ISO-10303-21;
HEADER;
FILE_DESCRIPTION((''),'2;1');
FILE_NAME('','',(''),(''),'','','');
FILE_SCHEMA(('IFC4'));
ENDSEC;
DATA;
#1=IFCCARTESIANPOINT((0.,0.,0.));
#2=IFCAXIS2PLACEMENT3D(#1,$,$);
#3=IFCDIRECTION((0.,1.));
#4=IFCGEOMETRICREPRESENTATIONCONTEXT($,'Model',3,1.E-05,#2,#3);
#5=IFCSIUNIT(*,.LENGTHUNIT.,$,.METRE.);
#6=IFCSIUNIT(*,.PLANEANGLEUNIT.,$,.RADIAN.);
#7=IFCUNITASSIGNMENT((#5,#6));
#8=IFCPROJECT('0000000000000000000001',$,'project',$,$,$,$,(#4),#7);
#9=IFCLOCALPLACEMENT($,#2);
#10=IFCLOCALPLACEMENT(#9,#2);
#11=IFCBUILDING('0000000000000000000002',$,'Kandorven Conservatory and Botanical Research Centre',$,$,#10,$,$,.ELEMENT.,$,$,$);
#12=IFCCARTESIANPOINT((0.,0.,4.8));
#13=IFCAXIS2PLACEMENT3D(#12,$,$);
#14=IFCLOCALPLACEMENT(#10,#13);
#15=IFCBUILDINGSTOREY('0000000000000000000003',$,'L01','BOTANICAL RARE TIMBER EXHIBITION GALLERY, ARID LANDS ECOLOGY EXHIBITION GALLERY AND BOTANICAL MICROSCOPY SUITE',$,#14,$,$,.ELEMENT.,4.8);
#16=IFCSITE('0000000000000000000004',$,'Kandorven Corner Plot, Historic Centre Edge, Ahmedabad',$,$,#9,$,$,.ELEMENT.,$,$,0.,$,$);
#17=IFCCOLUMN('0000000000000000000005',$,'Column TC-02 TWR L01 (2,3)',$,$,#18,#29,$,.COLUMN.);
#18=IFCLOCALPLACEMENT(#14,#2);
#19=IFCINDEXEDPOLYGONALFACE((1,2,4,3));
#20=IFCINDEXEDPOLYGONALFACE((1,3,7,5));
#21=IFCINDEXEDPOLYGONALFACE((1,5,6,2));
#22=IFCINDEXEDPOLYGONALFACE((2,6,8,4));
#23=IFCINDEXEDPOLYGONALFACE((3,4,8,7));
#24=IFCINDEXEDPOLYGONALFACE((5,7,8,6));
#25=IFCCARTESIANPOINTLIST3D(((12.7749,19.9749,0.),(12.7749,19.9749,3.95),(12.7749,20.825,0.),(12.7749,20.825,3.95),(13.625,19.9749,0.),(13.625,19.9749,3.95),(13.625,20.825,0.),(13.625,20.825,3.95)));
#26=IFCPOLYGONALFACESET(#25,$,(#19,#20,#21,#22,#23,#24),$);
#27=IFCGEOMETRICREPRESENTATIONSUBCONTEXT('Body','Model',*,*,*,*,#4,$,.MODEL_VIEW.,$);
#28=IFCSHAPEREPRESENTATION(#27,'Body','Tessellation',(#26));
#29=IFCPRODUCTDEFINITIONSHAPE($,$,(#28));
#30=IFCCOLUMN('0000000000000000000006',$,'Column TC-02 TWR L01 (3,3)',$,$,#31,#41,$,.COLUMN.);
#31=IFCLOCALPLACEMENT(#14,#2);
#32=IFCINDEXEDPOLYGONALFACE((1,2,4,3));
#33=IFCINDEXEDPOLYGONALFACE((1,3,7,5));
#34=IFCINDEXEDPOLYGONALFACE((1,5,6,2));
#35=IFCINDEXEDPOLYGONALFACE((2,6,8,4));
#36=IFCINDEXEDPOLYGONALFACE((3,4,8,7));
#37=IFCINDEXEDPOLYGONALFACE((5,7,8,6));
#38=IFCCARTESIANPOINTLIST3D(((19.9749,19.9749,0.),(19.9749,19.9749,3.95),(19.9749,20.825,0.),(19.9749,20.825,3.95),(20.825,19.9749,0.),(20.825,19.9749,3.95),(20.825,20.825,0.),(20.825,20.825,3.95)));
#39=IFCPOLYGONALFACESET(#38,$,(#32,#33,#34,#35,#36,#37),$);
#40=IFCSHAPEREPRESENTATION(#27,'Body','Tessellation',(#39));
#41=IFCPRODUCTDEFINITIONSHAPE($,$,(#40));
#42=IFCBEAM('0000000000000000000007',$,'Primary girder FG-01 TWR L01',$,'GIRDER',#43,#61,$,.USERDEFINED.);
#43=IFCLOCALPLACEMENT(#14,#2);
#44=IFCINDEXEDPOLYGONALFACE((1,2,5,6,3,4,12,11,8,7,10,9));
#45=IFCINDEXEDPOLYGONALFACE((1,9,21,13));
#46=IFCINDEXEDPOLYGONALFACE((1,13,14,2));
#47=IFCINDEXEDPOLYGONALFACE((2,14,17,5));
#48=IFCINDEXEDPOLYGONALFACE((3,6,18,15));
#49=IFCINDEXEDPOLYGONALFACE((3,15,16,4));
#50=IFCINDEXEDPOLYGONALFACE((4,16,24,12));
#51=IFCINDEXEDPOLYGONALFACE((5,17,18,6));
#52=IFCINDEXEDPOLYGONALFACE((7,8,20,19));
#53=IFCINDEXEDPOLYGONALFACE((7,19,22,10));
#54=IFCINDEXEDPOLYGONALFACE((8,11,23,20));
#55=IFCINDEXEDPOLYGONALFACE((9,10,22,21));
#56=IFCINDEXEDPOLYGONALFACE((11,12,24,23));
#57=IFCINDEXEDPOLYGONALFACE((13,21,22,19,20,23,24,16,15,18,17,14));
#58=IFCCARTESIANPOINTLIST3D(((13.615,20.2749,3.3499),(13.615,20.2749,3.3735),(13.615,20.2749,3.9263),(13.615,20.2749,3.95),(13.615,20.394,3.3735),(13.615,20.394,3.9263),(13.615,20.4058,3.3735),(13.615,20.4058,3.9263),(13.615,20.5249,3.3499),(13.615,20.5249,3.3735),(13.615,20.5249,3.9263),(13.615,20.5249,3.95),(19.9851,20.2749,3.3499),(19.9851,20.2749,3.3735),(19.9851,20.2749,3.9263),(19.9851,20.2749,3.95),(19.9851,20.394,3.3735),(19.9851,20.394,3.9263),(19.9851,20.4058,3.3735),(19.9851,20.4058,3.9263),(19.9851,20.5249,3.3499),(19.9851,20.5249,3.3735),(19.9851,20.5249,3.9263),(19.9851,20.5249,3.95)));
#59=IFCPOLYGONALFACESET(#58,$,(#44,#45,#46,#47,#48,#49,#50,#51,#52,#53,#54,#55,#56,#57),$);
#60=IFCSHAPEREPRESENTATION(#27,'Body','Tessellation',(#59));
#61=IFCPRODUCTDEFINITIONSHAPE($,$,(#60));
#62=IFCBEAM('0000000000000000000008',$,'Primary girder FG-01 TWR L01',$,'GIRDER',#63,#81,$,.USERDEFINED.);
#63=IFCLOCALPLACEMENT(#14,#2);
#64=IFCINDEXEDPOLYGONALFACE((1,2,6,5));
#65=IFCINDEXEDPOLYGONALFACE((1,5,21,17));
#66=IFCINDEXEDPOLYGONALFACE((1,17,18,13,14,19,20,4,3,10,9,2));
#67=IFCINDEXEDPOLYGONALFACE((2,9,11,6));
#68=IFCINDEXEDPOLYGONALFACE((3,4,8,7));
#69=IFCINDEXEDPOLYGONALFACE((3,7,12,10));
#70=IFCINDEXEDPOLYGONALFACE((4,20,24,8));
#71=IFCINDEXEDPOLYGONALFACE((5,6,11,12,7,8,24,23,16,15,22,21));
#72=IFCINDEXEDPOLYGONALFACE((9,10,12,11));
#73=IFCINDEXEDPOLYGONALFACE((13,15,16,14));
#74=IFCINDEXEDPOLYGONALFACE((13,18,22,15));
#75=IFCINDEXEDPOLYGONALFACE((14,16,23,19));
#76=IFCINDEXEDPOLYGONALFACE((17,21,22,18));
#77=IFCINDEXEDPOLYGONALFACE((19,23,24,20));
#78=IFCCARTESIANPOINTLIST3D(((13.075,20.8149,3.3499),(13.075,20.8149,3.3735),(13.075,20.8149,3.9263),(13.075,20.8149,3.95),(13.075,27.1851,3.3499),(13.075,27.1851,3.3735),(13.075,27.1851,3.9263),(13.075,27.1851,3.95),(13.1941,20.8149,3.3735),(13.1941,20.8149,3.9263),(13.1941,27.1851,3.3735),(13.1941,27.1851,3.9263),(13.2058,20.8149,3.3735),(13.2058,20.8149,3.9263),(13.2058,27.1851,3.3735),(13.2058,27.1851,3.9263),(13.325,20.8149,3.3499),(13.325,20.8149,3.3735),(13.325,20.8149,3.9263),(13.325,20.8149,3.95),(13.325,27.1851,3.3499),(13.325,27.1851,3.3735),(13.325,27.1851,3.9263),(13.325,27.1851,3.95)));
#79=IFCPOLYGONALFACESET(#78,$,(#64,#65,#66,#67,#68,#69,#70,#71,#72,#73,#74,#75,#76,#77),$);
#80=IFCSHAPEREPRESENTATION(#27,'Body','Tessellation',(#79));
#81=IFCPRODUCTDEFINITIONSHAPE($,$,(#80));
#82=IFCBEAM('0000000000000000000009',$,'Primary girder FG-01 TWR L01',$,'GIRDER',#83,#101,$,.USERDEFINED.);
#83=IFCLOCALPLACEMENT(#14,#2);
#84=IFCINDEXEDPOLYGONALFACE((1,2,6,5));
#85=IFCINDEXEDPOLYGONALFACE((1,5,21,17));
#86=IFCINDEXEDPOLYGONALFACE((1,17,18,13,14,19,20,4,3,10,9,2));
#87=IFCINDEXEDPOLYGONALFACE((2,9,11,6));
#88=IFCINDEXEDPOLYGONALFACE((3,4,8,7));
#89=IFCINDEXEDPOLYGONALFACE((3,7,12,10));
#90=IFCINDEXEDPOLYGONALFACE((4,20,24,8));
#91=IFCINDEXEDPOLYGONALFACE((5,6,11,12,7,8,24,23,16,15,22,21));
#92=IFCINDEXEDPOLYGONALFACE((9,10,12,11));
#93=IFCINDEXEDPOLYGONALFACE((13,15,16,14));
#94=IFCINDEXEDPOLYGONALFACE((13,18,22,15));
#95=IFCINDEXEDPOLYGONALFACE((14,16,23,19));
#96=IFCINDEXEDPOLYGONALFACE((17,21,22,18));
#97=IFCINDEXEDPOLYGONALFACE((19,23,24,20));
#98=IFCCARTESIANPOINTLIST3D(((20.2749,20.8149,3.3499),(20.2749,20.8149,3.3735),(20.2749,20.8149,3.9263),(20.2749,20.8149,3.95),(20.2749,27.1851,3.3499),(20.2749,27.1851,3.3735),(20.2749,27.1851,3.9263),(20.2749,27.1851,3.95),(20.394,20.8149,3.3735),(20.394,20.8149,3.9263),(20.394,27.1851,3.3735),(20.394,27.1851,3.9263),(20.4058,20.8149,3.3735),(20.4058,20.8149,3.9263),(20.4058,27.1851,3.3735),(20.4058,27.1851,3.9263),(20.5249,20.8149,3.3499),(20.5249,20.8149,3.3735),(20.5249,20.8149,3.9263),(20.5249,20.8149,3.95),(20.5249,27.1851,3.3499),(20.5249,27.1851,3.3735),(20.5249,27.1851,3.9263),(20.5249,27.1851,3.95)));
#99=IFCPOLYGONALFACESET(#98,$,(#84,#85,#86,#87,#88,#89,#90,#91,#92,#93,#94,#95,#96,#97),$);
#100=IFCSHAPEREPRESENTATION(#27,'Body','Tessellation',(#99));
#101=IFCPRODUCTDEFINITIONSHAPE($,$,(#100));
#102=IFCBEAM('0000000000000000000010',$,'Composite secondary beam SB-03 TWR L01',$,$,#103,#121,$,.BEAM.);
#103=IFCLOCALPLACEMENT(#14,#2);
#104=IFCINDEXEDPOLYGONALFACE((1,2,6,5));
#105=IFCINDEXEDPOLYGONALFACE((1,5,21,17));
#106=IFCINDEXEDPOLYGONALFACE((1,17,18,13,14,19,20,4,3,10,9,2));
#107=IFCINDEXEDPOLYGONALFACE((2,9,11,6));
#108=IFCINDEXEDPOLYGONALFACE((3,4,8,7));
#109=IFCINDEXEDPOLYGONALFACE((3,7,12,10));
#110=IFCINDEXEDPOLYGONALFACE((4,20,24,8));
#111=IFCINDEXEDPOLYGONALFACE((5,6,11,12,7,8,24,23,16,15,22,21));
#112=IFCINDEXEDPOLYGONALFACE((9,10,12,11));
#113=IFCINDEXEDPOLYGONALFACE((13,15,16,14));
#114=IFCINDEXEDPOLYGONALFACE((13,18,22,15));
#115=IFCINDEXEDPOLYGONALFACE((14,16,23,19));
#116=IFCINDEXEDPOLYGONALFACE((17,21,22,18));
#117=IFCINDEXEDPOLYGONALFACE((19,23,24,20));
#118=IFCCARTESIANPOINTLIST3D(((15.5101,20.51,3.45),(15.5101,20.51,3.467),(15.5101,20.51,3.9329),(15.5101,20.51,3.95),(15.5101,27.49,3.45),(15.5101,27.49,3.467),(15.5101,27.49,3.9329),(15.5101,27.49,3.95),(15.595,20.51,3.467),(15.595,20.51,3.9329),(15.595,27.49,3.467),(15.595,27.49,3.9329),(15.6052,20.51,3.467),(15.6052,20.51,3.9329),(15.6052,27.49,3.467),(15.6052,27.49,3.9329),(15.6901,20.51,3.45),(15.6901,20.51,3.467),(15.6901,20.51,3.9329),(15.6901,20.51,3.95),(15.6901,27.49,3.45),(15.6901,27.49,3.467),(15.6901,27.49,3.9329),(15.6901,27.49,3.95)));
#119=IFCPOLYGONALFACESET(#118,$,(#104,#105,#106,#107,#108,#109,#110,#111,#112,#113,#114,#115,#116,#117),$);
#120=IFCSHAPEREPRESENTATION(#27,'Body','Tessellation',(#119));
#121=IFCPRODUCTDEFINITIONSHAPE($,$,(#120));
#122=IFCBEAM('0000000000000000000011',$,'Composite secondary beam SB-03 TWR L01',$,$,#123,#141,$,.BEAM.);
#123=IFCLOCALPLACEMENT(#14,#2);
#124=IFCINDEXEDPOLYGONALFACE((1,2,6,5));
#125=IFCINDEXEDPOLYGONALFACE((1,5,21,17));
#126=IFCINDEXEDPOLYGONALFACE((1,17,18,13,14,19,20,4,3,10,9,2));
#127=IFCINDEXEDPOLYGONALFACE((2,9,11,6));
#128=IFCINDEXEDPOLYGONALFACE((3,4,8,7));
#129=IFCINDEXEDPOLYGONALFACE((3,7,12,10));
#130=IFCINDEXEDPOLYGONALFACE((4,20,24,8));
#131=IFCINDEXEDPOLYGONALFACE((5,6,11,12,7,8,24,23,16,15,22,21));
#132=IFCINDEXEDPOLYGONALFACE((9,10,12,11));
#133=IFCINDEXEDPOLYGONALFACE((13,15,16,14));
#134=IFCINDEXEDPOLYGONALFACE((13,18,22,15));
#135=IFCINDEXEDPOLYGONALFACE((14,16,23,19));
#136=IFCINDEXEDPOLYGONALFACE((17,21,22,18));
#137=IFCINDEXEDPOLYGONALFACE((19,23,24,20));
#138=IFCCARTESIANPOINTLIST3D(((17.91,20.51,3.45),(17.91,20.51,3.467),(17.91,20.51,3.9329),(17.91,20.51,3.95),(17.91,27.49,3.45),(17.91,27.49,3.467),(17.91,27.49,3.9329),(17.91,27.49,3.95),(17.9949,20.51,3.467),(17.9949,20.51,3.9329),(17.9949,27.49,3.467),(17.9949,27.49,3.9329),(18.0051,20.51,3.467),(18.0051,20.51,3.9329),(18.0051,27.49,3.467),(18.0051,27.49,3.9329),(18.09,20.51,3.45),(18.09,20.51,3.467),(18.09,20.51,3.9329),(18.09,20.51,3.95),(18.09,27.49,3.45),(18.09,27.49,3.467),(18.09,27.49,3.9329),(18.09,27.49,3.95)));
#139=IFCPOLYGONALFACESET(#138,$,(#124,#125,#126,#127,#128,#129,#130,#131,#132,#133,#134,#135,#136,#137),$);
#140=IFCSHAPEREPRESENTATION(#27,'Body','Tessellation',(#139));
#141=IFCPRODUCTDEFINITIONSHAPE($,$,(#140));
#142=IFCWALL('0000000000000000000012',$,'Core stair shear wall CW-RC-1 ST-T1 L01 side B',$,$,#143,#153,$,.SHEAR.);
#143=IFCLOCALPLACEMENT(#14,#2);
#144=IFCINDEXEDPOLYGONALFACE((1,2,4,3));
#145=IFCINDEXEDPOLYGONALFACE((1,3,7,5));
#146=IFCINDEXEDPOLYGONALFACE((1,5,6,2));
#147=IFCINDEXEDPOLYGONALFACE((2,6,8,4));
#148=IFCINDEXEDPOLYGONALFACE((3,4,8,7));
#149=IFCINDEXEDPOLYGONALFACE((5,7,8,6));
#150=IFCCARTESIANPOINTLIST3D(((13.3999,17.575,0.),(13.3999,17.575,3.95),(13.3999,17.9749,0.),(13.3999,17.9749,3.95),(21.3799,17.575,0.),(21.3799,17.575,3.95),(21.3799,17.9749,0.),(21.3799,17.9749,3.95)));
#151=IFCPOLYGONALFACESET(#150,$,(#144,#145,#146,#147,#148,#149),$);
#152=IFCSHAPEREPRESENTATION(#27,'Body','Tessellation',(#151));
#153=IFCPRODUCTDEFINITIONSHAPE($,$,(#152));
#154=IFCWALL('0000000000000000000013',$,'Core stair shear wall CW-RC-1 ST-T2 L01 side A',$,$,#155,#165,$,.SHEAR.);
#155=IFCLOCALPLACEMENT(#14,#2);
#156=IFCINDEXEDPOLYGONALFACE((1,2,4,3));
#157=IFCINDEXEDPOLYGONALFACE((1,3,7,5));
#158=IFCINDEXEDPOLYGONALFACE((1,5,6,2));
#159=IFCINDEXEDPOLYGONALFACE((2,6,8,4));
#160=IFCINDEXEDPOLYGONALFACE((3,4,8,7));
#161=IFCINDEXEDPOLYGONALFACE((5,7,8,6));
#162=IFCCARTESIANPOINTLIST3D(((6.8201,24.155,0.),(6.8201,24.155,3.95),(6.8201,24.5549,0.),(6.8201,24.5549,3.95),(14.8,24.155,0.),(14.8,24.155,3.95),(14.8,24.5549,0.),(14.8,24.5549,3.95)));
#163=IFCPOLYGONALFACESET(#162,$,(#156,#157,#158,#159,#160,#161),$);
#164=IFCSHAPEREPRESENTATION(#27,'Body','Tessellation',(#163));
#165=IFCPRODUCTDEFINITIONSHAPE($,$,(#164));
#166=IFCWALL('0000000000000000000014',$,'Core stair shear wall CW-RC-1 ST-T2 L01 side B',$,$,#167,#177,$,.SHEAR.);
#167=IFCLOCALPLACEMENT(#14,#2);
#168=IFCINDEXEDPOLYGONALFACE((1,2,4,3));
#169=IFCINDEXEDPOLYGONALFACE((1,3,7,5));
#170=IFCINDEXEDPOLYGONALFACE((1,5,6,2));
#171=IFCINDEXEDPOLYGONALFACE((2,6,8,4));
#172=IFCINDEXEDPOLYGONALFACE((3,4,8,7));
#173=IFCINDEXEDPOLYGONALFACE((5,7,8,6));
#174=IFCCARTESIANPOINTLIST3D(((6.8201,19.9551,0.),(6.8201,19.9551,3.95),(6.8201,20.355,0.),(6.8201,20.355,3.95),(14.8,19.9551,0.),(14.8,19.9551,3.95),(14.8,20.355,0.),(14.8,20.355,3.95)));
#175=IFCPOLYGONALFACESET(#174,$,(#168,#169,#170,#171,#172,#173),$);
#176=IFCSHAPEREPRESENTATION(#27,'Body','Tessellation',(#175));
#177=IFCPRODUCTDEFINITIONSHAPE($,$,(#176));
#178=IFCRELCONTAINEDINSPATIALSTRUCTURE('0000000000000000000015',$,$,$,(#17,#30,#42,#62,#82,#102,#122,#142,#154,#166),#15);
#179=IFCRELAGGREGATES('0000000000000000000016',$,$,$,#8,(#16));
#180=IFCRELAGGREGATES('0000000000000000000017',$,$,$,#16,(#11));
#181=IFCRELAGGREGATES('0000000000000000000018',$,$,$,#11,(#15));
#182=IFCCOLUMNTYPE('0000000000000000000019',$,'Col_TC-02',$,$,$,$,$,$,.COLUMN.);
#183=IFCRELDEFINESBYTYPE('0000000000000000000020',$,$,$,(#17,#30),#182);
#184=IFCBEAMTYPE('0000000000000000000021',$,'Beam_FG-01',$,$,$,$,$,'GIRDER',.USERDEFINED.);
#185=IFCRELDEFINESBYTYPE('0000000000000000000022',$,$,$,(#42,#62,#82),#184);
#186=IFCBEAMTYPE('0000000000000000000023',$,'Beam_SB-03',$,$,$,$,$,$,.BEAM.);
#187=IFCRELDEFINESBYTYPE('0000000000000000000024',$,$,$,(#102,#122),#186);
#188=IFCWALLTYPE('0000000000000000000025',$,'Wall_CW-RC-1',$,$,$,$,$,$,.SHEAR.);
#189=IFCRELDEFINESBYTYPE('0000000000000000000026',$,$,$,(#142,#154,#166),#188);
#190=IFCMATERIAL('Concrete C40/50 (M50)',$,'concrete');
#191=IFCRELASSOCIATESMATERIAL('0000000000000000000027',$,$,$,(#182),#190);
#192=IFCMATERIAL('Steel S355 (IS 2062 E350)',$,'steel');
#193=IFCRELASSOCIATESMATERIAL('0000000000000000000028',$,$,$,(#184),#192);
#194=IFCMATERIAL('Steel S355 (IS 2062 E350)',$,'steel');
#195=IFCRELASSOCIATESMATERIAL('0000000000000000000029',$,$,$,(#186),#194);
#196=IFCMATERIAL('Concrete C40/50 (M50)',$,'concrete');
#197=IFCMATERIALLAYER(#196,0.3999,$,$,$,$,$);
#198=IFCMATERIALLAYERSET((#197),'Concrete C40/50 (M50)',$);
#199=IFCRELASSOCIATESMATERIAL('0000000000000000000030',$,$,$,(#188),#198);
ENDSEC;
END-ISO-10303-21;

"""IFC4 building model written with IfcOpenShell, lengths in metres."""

from ifc_helpers import new_model, si_unit, direction, frame, frame_2d, origin, origin_2d, place, context, subcontext, project, spatial, rectangle, i_section, extrude, material, layer, layer_set, material_profile, profile_set, type_object, element, save


model = new_model("IFC4")

# Units and contexts
model_context = context("Model", 3, precision=1e-05, world=origin(), true_north=direction((0.0, 1.0)))
body_context = subcontext(model_context, "Body", "Model", "MODEL_VIEW")
ifc_project = project(units=[si_unit("LENGTHUNIT", "METRE"), si_unit("PLANEANGLEUNIT", "RADIAN")], contexts=[model_context])

# Site, building, storey
site_placement = place(None, origin())
site = spatial("IfcSite", under=ifc_project, at=site_placement, Name="Kandorven Corner Plot, Historic Centre Edge, Ahmedabad", CompositionType="ELEMENT", RefElevation=0.0)
building_placement = place(site_placement, origin())
building = spatial("IfcBuilding", under=site, at=building_placement, Name="Kandorven Conservatory and Botanical Research Centre", CompositionType="ELEMENT")
storey_placement = place(building_placement, frame((0.0, 0.0, 4.8)))
storey = spatial("IfcBuildingStorey", under=building, at=storey_placement, Name="L01", Description="BOTANICAL RARE TIMBER EXHIBITION GALLERY, ARID LANDS ECOLOGY EXHIBITION GALLERY AND BOTANICAL MICROSCOPY SUITE", CompositionType="ELEMENT", Elevation=4.8)

# Columns
ifc_material_1 = material(Name="Concrete C40/50 (M50)", Category="concrete")
ifc_material_profile_1 = material_profile(ifc_material_1, rectangle(XDim=0.8501, YDim=0.8501, at=origin_2d()))
ifc_profile_set_1 = profile_set([ifc_material_profile_1], Name="Concrete C40/50 (M50)")
column_type = type_object("IfcColumnType", Name="Col_TC-02", PredefinedType="COLUMN", material=ifc_profile_set_1)
for number, where, z_axis, x_axis, name in (
    (1, (13.2, 20.3999, 0.0), (0.0, 0.0, 1.0), (1.0, 0.0, 0.0), "Column TC-02 TWR L01 (2,3)"),
    (2, (20.3999, 20.3999, 0.0), (0.0, 0.0, 1.0), (1.0, 0.0, 0.0), "Column TC-02 TWR L01 (3,3)"),
):
    element("IfcColumn", number, at=place(storey_placement, frame(where, z_axis=z_axis, x_axis=x_axis)), inside=storey, type_object=column_type, Name=name, PredefinedType="COLUMN", context=body_context, shape_type="SweptSolid", body=[
        extrude(rectangle(XDim=0.8501, YDim=0.8501, at=origin_2d()), origin(), (0.0, 0.0, 1.0), 3.95),
    ])

# Beams
ifc_material_2 = material(Name="Steel S355 (IS 2062 E350)", Category="steel")
ifc_material_profile_2 = material_profile(ifc_material_2, i_section(OverallWidth=0.25, OverallDepth=0.6001, WebThickness=0.0117, FlangeThickness=0.0237, at=origin_2d()))
ifc_profile_set_2 = profile_set([ifc_material_profile_2], Name="Steel S355 (IS 2062 E350)")
beam_type_1 = type_object("IfcBeamType", Name="Beam_FG-01", ElementType="GIRDER", PredefinedType="USERDEFINED", material=ifc_profile_set_2)
for number, where, z_axis, x_axis, name in (
    (3, (13.615, 20.3999, 3.6499), (1.0, 0.0, 0.0), (0.0, 1.0, 0.0), "Primary girder FG-01 TWR L01"),
    (4, (13.2, 20.8149, 3.6499), (0.0, 1.0, 0.0), (-1.0, 0.0, 0.0), "Primary girder FG-01 TWR L01"),
    (5, (20.3999, 20.8149, 3.6499), (0.0, 1.0, 0.0), (-1.0, 0.0, 0.0), "Primary girder FG-01 TWR L01"),
):
    element("IfcBeam", number, at=place(storey_placement, frame(where, z_axis=z_axis, x_axis=x_axis)), inside=storey, type_object=beam_type_1, Name=name, ObjectType="GIRDER", PredefinedType="USERDEFINED", context=body_context, shape_type="SweptSolid", body=[
        extrude(i_section(OverallWidth=0.25, OverallDepth=0.6001, WebThickness=0.0117, FlangeThickness=0.0237, at=origin_2d()), origin(), (0.0, 0.0, 1.0), 6.3701),
    ])
ifc_material_3 = material(Name="Steel S355 (IS 2062 E350)", Category="steel")
ifc_material_profile_3 = material_profile(ifc_material_3, i_section(OverallWidth=0.1799, OverallDepth=0.5, WebThickness=0.0103, FlangeThickness=0.0171, at=origin_2d()))
ifc_profile_set_3 = profile_set([ifc_material_profile_3], Name="Steel S355 (IS 2062 E350)")
beam_type_2 = type_object("IfcBeamType", Name="Beam_SB-03", PredefinedType="BEAM", material=ifc_profile_set_3)
for number, where, z_axis, x_axis, name in (
    (6, (15.6001, 20.51, 3.7), (0.0, 1.0, 0.0), (-1.0, 0.0, 0.0), "Composite secondary beam SB-03 TWR L01"),
    (7, (18.0, 20.51, 3.7), (0.0, 1.0, 0.0), (-1.0, 0.0, 0.0), "Composite secondary beam SB-03 TWR L01"),
):
    element("IfcBeam", number, at=place(storey_placement, frame(where, z_axis=z_axis, x_axis=x_axis)), inside=storey, type_object=beam_type_2, Name=name, PredefinedType="BEAM", context=body_context, shape_type="SweptSolid", body=[
        extrude(i_section(OverallWidth=0.1799, OverallDepth=0.5, WebThickness=0.0103, FlangeThickness=0.0171, at=origin_2d()), origin(), (0.0, 0.0, 1.0), 6.98),
    ])

# Walls
ifc_material_4 = material(Name="Concrete C40/50 (M50)", Category="concrete")
ifc_layer_1 = layer(ifc_material_4, 0.3999)
ifc_layer_set_1 = layer_set([ifc_layer_1], Name="Concrete C40/50 (M50)")
wall_type_1 = type_object("IfcWallType", Name="Wall_CW-RC-1", PredefinedType="SHEAR", material=ifc_layer_set_1)
for number, where, z_axis, x_axis, name in (
    (8, (13.3999, 17.7749, 0.0), (0.0, 0.0, 1.0), (1.0, 0.0, 0.0), "Core stair shear wall CW-RC-1 ST-T1 L01 side B"),
    (9, (14.8, 24.355, 0.0), (0.0, 0.0, 1.0), (-1.0, 0.0, 0.0), "Core stair shear wall CW-RC-1 ST-T2 L01 side A"),
    (10, (14.8, 20.155, 0.0), (0.0, 0.0, 1.0), (-1.0, 0.0, 0.0), "Core stair shear wall CW-RC-1 ST-T2 L01 side B"),
):
    element("IfcWall", number, at=place(storey_placement, frame(where, z_axis=z_axis, x_axis=x_axis)), inside=storey, type_object=wall_type_1, Name=name, PredefinedType="SHEAR", context=body_context, shape_type="SweptSolid", body=[
        extrude(rectangle(XDim=7.98, YDim=0.3999, at=frame_2d((3.99, 0.0))), origin(), (0.0, 0.0, 1.0), 3.95),
    ])

save(model, "model.ifc")
